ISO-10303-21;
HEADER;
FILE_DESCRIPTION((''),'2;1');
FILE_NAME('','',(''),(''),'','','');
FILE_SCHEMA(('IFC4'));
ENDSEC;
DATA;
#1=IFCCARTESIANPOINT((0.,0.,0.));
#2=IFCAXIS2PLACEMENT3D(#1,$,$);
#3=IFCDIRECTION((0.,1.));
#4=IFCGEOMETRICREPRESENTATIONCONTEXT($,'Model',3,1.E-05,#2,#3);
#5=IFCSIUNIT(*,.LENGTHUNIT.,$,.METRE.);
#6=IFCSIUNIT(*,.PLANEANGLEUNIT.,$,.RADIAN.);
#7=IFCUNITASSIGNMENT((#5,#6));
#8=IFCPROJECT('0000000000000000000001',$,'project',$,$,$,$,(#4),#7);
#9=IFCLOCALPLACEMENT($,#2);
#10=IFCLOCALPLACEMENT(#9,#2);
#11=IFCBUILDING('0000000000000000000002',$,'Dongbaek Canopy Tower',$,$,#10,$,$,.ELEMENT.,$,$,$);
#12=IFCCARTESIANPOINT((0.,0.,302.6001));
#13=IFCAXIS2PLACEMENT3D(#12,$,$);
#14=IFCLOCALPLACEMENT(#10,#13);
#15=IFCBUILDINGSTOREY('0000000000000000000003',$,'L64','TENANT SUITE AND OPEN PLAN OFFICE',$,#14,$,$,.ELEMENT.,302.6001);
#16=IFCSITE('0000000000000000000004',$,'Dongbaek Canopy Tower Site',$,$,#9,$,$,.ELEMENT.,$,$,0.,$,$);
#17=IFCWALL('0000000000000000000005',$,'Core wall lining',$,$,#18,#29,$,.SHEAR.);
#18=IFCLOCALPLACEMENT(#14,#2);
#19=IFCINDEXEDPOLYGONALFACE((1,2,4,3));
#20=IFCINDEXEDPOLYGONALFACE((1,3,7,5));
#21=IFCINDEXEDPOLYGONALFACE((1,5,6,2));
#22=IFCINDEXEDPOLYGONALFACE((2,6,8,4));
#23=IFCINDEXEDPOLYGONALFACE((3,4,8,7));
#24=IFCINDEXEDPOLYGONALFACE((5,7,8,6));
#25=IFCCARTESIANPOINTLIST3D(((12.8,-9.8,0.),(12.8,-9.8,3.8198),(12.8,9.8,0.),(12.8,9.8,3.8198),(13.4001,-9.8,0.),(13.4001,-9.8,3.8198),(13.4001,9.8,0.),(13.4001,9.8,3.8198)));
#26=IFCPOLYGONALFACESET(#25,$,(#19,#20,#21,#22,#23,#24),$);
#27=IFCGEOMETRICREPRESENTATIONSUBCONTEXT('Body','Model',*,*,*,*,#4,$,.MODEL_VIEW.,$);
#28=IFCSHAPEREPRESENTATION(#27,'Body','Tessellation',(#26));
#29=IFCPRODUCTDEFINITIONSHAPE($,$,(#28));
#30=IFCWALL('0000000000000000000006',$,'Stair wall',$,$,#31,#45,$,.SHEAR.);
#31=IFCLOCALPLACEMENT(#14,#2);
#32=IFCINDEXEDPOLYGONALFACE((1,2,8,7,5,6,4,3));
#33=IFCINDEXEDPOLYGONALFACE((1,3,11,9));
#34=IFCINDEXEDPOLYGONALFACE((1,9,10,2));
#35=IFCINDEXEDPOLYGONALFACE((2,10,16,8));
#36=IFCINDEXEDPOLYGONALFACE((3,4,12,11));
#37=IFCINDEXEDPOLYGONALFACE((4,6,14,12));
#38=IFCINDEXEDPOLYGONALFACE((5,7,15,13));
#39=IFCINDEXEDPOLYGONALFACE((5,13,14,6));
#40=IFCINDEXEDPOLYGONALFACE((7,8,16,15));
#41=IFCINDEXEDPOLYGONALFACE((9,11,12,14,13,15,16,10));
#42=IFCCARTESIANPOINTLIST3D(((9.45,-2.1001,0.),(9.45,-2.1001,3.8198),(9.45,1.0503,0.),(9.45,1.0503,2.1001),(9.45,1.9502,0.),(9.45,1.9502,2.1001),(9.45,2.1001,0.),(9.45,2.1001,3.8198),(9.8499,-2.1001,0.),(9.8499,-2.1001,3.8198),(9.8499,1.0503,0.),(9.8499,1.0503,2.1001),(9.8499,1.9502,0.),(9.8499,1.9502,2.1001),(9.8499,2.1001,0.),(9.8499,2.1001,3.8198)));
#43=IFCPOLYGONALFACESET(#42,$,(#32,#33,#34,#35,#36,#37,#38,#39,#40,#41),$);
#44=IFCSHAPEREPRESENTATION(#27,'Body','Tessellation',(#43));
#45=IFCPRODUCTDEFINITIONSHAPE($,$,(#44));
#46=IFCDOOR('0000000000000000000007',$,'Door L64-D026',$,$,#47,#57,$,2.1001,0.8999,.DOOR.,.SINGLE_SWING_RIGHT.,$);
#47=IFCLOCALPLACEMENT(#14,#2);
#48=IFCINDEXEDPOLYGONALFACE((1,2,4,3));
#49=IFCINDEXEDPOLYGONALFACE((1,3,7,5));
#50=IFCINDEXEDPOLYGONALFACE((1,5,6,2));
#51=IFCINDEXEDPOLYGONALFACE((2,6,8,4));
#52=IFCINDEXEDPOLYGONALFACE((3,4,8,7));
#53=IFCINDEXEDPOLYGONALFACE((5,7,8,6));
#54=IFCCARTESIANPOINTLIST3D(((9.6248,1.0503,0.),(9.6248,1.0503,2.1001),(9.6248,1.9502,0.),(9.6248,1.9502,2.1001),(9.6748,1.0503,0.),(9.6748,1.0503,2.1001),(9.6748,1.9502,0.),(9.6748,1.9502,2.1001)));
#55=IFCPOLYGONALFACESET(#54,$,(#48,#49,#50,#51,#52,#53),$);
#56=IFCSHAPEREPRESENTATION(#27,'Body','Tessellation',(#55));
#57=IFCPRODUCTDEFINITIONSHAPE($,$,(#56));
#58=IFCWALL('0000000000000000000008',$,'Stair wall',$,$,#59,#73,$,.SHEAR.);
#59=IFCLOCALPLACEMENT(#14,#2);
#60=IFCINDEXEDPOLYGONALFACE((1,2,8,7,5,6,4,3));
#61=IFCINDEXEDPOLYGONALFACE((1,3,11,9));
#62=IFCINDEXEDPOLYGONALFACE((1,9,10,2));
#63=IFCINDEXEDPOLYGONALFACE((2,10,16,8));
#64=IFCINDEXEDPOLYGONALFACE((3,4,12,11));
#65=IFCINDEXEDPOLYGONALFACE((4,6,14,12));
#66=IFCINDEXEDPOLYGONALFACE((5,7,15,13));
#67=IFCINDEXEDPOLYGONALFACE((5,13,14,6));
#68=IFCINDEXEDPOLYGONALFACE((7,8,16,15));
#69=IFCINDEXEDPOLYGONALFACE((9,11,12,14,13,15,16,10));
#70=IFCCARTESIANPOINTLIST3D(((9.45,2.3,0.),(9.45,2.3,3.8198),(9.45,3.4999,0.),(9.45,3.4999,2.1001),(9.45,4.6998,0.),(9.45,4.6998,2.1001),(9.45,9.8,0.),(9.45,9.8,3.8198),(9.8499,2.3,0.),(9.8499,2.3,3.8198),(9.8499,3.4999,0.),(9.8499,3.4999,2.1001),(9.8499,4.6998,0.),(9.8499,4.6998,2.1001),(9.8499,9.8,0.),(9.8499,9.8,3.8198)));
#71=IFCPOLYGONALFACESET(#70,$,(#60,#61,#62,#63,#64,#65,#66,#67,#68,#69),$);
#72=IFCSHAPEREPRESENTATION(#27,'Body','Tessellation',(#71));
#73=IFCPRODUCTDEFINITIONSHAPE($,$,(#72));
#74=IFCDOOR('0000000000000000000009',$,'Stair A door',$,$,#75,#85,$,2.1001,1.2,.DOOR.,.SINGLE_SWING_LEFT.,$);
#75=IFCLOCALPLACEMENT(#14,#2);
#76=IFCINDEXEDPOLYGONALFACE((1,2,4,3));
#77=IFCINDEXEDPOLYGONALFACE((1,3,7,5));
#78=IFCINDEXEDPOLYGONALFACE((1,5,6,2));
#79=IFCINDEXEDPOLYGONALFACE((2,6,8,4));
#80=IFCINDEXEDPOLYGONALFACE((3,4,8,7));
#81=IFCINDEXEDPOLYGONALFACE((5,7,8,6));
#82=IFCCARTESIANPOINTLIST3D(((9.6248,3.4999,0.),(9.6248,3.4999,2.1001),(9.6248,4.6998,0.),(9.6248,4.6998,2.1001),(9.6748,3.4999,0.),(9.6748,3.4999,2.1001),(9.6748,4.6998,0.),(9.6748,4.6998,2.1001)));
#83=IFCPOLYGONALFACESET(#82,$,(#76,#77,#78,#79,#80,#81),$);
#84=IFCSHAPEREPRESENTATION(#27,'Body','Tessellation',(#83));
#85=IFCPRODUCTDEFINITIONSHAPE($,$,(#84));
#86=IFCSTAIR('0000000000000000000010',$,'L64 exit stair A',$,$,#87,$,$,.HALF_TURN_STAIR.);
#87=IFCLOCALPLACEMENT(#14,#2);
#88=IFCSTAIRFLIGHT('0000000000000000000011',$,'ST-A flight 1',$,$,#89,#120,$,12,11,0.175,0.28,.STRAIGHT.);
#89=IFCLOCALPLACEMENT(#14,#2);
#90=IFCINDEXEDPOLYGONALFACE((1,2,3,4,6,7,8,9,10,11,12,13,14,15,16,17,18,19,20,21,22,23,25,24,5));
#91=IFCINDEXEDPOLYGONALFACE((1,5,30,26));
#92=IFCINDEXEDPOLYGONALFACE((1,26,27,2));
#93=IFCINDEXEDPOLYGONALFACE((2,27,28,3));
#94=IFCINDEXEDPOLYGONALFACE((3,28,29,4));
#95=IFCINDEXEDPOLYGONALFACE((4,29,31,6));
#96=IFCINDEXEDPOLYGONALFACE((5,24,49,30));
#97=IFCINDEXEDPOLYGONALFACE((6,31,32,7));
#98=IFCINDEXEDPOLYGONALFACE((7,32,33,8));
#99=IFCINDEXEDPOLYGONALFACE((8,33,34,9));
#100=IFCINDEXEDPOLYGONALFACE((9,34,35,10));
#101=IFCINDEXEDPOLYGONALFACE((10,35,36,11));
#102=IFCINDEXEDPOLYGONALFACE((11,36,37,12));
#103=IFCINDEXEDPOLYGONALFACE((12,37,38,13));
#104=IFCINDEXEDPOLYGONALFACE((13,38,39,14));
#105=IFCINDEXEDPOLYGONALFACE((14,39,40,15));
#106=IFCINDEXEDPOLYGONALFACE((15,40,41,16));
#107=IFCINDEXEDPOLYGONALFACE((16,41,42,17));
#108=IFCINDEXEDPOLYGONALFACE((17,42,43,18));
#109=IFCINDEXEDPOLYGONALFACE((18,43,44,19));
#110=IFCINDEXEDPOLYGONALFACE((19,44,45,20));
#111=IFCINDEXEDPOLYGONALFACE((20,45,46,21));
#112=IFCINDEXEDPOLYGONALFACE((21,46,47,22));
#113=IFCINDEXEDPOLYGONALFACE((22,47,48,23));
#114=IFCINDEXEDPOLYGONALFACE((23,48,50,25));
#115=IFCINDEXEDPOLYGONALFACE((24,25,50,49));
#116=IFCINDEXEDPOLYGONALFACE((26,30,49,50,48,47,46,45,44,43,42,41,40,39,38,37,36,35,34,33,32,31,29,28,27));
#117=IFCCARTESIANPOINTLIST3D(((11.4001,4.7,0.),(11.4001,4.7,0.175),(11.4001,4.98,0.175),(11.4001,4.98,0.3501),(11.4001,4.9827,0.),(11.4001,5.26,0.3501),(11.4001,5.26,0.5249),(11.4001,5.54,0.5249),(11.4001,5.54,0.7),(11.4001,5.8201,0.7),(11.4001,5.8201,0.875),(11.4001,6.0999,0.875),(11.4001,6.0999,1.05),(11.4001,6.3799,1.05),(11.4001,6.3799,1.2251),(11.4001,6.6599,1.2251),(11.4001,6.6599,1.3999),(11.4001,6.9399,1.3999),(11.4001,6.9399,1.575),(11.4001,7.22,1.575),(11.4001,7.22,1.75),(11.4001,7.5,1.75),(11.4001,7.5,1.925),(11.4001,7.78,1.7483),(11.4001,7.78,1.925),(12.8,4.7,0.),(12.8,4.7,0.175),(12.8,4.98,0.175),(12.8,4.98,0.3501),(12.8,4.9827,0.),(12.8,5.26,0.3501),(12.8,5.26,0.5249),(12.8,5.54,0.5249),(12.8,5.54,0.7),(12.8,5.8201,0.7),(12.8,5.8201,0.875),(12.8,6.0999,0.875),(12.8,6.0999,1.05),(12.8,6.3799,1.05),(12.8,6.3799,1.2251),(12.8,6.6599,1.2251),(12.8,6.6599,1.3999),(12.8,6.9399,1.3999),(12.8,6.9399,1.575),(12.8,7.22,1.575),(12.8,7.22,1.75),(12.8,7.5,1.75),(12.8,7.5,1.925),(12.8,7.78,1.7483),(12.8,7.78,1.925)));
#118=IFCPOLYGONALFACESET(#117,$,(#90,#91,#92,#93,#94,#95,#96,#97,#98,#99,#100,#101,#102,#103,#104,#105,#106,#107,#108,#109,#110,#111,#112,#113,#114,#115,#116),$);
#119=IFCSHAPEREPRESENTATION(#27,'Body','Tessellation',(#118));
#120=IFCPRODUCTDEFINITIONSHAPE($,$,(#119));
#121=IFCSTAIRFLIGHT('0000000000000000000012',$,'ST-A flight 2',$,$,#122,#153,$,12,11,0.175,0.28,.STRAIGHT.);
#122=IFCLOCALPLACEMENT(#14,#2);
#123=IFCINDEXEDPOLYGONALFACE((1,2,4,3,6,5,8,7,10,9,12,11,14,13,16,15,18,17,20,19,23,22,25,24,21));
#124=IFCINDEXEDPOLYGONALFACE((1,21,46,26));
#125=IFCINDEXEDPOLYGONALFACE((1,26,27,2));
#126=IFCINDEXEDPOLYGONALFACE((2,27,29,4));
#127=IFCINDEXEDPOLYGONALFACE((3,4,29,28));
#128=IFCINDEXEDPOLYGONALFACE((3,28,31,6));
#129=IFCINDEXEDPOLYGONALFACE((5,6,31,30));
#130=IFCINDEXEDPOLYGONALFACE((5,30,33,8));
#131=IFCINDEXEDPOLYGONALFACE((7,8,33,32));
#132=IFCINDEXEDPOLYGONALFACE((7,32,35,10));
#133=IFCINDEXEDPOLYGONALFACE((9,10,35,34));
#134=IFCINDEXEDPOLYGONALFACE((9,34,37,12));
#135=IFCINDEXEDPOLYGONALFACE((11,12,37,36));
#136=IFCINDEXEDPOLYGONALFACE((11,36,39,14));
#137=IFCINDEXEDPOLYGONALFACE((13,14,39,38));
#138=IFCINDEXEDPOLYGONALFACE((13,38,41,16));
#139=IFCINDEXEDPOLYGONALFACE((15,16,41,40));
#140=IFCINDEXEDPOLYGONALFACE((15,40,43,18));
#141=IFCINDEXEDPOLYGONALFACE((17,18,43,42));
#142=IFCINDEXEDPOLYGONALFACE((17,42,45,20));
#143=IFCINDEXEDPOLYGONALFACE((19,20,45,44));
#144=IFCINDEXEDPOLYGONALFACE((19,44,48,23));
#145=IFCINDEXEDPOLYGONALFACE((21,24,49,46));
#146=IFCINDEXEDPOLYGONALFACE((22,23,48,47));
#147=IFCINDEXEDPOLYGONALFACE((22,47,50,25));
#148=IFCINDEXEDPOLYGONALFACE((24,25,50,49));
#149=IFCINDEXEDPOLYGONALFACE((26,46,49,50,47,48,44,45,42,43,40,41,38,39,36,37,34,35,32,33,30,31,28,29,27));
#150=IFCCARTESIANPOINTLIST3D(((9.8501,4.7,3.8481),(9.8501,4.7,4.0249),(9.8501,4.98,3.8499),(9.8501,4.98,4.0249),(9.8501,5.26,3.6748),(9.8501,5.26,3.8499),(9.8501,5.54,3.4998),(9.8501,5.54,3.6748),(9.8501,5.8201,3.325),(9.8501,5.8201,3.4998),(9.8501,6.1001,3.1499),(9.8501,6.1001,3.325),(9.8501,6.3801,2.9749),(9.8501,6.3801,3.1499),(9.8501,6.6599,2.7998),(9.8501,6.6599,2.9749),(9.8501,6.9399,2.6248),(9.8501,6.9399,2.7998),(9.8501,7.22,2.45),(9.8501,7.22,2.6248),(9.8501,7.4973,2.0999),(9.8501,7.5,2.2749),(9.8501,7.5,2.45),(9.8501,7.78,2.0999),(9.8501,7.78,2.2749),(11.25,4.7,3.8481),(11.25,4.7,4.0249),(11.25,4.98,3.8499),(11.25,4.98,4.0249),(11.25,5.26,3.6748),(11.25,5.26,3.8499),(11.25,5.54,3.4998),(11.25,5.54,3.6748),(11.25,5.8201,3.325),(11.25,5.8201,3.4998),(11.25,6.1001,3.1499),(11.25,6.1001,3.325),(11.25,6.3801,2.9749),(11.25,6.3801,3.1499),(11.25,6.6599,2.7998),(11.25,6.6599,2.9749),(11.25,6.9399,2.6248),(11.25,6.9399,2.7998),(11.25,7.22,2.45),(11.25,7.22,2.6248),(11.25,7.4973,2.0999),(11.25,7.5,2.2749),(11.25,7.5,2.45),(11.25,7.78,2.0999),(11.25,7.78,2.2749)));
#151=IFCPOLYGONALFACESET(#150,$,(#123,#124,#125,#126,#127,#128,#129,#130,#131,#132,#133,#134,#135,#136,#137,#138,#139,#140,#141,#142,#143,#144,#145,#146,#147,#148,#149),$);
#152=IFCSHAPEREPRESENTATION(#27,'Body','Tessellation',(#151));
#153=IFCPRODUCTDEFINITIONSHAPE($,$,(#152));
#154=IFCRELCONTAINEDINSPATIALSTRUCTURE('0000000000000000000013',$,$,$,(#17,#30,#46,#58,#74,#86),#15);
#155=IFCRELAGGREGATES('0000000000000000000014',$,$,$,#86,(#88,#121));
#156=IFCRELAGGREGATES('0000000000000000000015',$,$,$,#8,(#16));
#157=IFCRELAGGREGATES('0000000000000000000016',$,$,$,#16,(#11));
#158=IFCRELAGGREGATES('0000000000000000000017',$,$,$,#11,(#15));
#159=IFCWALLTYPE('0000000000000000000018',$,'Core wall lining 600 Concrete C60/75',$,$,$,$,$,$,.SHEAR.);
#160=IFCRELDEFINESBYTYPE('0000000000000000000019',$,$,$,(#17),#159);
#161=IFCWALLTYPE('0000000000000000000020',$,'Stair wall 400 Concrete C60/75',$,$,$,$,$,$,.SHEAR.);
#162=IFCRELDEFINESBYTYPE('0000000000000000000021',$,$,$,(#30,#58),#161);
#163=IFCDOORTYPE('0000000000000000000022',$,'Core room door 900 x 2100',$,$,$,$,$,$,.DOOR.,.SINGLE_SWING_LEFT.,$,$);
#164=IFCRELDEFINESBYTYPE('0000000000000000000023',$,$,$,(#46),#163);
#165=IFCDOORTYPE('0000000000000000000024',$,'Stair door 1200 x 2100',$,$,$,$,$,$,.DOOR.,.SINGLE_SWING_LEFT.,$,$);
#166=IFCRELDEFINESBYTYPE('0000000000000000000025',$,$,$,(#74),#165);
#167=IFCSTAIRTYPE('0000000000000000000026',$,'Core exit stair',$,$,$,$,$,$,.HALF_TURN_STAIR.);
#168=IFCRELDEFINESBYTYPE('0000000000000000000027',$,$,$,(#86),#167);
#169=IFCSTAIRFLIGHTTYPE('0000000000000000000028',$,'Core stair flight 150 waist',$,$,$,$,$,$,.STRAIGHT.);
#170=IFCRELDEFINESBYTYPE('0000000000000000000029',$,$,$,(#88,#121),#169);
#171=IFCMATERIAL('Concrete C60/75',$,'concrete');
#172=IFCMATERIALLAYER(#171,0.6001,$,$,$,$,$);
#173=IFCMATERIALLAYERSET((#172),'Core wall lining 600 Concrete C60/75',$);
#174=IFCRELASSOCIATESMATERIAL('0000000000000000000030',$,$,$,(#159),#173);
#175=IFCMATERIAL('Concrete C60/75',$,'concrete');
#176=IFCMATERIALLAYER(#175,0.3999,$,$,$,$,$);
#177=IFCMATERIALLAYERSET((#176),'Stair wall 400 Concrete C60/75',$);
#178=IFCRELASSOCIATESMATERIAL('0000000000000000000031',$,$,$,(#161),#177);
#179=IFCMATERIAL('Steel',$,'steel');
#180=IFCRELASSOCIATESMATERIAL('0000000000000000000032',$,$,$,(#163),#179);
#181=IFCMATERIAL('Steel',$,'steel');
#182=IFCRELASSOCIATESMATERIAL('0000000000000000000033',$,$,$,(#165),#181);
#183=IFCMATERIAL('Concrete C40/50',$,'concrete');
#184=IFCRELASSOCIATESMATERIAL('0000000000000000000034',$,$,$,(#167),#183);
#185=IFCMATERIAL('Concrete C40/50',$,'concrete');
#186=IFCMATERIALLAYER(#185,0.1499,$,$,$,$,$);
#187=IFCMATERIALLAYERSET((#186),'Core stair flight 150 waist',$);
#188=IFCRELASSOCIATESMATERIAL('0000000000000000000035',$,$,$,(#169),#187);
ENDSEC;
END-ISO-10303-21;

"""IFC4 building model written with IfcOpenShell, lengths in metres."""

from ifc_helpers import new_model, si_unit, direction, frame, frame_2d, origin, place, context, subcontext, project, spatial, polyline, rectangle, outline, extrude, material, layer, layer_set, type_object, element, fill, aggregate, save


model = new_model("IFC4")

# Units and contexts
model_context = context("Model", 3, precision=1e-05, world=origin(), true_north=direction((0.0, 1.0)))
body_context = subcontext(model_context, "Body", "Model", "MODEL_VIEW")
ifc_project = project(units=[si_unit("LENGTHUNIT", "METRE"), si_unit("PLANEANGLEUNIT", "RADIAN")], contexts=[model_context])

# Site, building, storey
site_placement = place(None, origin())
site = spatial("IfcSite", under=ifc_project, at=site_placement, Name="Dongbaek Canopy Tower Site", CompositionType="ELEMENT", RefElevation=0.0)
building_placement = place(site_placement, origin())
building = spatial("IfcBuilding", under=site, at=building_placement, Name="Dongbaek Canopy Tower", CompositionType="ELEMENT")
storey_placement = place(building_placement, frame((0.0, 0.0, 302.6001)))
storey = spatial("IfcBuildingStorey", under=building, at=storey_placement, Name="L64", Description="TENANT SUITE AND OPEN PLAN OFFICE", CompositionType="ELEMENT", Elevation=302.6001)

# Wall
ifc_material_1 = material(Name="Concrete C60/75", Category="concrete")
ifc_layer_1 = layer(ifc_material_1, 0.6001)
ifc_layer_set_1 = layer_set([ifc_layer_1], Name="Core wall lining 600 Concrete C60/75")
wall_type_1 = type_object("IfcWallType", Name="Core wall lining 600 Concrete C60/75", PredefinedType="SHEAR", material=ifc_layer_set_1)
wall_1_placement = place(storey_placement, frame((13.1001, 9.8, 0.0), z_axis=(0.0, 0.0, 1.0), x_axis=(0.0, -1.0, 0.0)))
element("IfcWall", 1, at=wall_1_placement, inside=storey, type_object=wall_type_1, Name="Core wall lining", PredefinedType="SHEAR", context=body_context, shape_type="SweptSolid", body=[
    extrude(rectangle(XDim=19.6001, YDim=0.6001, at=frame_2d((9.8, 0.0))), origin(), (0.0, 0.0, 1.0), 3.8198),
])

# Walls, openings, doors
ifc_material_2 = material(Name="Concrete C60/75", Category="concrete")
ifc_layer_2 = layer(ifc_material_2, 0.3999)
ifc_layer_set_2 = layer_set([ifc_layer_2], Name="Stair wall 400 Concrete C60/75")
wall_type_2 = type_object("IfcWallType", Name="Stair wall 400 Concrete C60/75", PredefinedType="SHEAR", material=ifc_layer_set_2)
wall_2_placement = place(storey_placement, frame((9.6499, 2.1001, 0.0), z_axis=(0.0, 0.0, 1.0), x_axis=(0.0, -1.0, 0.0)))
wall_2 = element("IfcWall", 2, at=wall_2_placement, inside=storey, type_object=wall_type_2, Name="Stair wall", PredefinedType="SHEAR", context=body_context, shape_type="SweptSolid", body=[
    extrude(rectangle(XDim=4.2002, YDim=0.3999, at=frame_2d((2.1001, 0.0))), origin(), (0.0, 0.0, 1.0), 3.8198),
])
opening_1_placement = place(wall_2_placement, frame((0.1499, 0.0, 0.0)))
opening_1 = element("IfcOpeningElement", 3, at=opening_1_placement, cuts=wall_2, PredefinedType="OPENING", context=body_context, shape_type="SweptSolid", body=[
    extrude(rectangle(XDim=0.8999, YDim=2.1001, at=frame_2d((0.45, 1.05))), frame((0.0, 0.21, 0.0), z_axis=(0.0, -1.0, 0.0), x_axis=(1.0, 0.0, 0.0)), (0.0, 0.0, 1.0), 0.4199),
])
ifc_material_3 = material(Name="Steel", Category="steel")
door_type_1 = type_object("IfcDoorType", Name="Core room door 900 x 2100", OperationType="SINGLE_SWING_LEFT", PredefinedType="DOOR", material=ifc_material_3)
door_1_placement = place(opening_1_placement, origin())
door_1 = element("IfcDoor", 4, at=door_1_placement, inside=storey, type_object=door_type_1, Name="Door L64-D026", OperationType="SINGLE_SWING_RIGHT", OverallHeight=2.1001, OverallWidth=0.8999, PredefinedType="DOOR", context=body_context, shape_type="SweptSolid", body=[
    extrude(rectangle(XDim=0.8999, YDim=2.1001, at=frame_2d((0.45, 1.05))), frame((0.0, 0.0249, 0.0), z_axis=(0.0, -1.0, 0.0), x_axis=(1.0, 0.0, 0.0)), (0.0, 0.0, 1.0), 0.05),
])
fill(opening_1, door_1)
wall_3_placement = place(storey_placement, frame((9.6499, 9.8, 0.0), z_axis=(0.0, 0.0, 1.0), x_axis=(0.0, -1.0, 0.0)))
wall_3 = element("IfcWall", 5, at=wall_3_placement, inside=storey, type_object=wall_type_2, Name="Stair wall", PredefinedType="SHEAR", context=body_context, shape_type="SweptSolid", body=[
    extrude(rectangle(XDim=7.5, YDim=0.3999, at=frame_2d((3.75, 0.0))), origin(), (0.0, 0.0, 1.0), 3.8198),
])
opening_2_placement = place(wall_3_placement, frame((5.1001, 0.0, 0.0)))
opening_2 = element("IfcOpeningElement", 6, at=opening_2_placement, cuts=wall_3, PredefinedType="OPENING", context=body_context, shape_type="SweptSolid", body=[
    extrude(rectangle(XDim=1.2, YDim=2.1001, at=frame_2d((0.6001, 1.05))), frame((0.0, 0.21, 0.0), z_axis=(0.0, -1.0, 0.0), x_axis=(1.0, 0.0, 0.0)), (0.0, 0.0, 1.0), 0.4199),
])
ifc_material_4 = material(Name="Steel", Category="steel")
door_type_2 = type_object("IfcDoorType", Name="Stair door 1200 x 2100", OperationType="SINGLE_SWING_LEFT", PredefinedType="DOOR", material=ifc_material_4)
door_2_placement = place(opening_2_placement, origin())
door_2 = element("IfcDoor", 7, at=door_2_placement, inside=storey, type_object=door_type_2, Name="Stair A door", OperationType="SINGLE_SWING_LEFT", OverallHeight=2.1001, OverallWidth=1.2, PredefinedType="DOOR", context=body_context, shape_type="SweptSolid", body=[
    extrude(rectangle(XDim=1.2, YDim=2.1001, at=frame_2d((0.6001, 1.05))), frame((0.0, 0.0249, 0.0), z_axis=(0.0, -1.0, 0.0), x_axis=(1.0, 0.0, 0.0)), (0.0, 0.0, 1.0), 0.05),
])
fill(opening_2, door_2)

# Stair, stair flights
ifc_material_5 = material(Name="Concrete C40/50", Category="concrete")
stair_type = type_object("IfcStairType", Name="Core exit stair", PredefinedType="HALF_TURN_STAIR", material=ifc_material_5)
stair_placement = place(storey_placement, origin())
stair = element("IfcStair", 8, at=stair_placement, inside=storey, type_object=stair_type, Name="L64 exit stair A", PredefinedType="HALF_TURN_STAIR")
ifc_material_6 = material(Name="Concrete C40/50", Category="concrete")
ifc_layer_3 = layer(ifc_material_6, 0.1499)
ifc_layer_set_3 = layer_set([ifc_layer_3], Name="Core stair flight 150 waist")
stair_flight_type = type_object("IfcStairFlightType", Name="Core stair flight 150 waist", PredefinedType="STRAIGHT", material=ifc_layer_set_3)
stair_flight_1_placement = place(storey_placement, frame((12.1001, 4.7, 0.0), z_axis=(0.0, 0.0, 1.0), x_axis=(0.0, 1.0, 0.0)))
stair_flight_1 = element("IfcStairFlight", 9, at=stair_flight_1_placement, type_object=stair_flight_type, Name="ST-A flight 1", NumberOfRisers=12, NumberOfTreads=11, PredefinedType="STRAIGHT", RiserHeight=0.175, TreadLength=0.28, context=body_context, shape_type="SweptSolid", body=[
    extrude(outline(polyline([(0.0, 0.0), (0.0, 0.175), (0.28, 0.175), (0.28, 0.3501), (0.5601, 0.3501), (0.5601, 0.5249), (0.8401, 0.5249), (0.8401, 0.7), (1.1201, 0.7), (1.1201, 0.875), (1.3999, 0.875), (1.3999, 1.05), (1.6799, 1.05), (1.6799, 1.2251), (1.96, 1.2251), (1.96, 1.3999), (2.24, 1.3999), (2.24, 1.575), (2.52, 1.575), (2.52, 1.75), (2.8, 1.75), (2.8, 1.925), (3.0801, 1.925), (3.0801, 2.1001), (3.0801, 1.7483), (0.2827, 0.0), (0.0, 0.0)])), frame((0.0, 0.7, 0.0), z_axis=(0.0, -1.0, 0.0), x_axis=(1.0, 0.0, 0.0)), (0.0, 0.0, 1.0), 1.3999),
])
stair_flight_2_placement = place(storey_placement, frame((10.55, 7.78, 2.0999), z_axis=(0.0, 0.0, 1.0), x_axis=(0.0, -1.0, 0.0)))
stair_flight_2 = element("IfcStairFlight", 10, at=stair_flight_2_placement, type_object=stair_flight_type, Name="ST-A flight 2", NumberOfRisers=12, NumberOfTreads=11, PredefinedType="STRAIGHT", RiserHeight=0.175, TreadLength=0.28, context=body_context, shape_type="SweptSolid", body=[
    extrude(outline(polyline([(0.0, 0.0), (0.0, 0.175), (0.28, 0.175), (0.28, 0.3501), (0.5601, 0.3501), (0.5601, 0.5249), (0.8401, 0.5249), (0.8401, 0.7), (1.1201, 0.7), (1.1201, 0.875), (1.3999, 0.875), (1.3999, 1.05), (1.6799, 1.05), (1.6799, 1.2251), (1.96, 1.2251), (1.96, 1.3999), (2.24, 1.3999), (2.24, 1.575), (2.52, 1.575), (2.52, 1.75), (2.8, 1.75), (2.8, 1.925), (3.0801, 1.925), (3.0801, 2.1001), (3.0801, 1.7483), (0.2827, 0.0), (0.0, 0.0)])), frame((0.0, 0.7, 0.0), z_axis=(0.0, -1.0, 0.0), x_axis=(1.0, 0.0, 0.0)), (0.0, 0.0, 1.0), 1.3999),
])
aggregate(stair, [stair_flight_1, stair_flight_2])

save(model, "model.ifc")
